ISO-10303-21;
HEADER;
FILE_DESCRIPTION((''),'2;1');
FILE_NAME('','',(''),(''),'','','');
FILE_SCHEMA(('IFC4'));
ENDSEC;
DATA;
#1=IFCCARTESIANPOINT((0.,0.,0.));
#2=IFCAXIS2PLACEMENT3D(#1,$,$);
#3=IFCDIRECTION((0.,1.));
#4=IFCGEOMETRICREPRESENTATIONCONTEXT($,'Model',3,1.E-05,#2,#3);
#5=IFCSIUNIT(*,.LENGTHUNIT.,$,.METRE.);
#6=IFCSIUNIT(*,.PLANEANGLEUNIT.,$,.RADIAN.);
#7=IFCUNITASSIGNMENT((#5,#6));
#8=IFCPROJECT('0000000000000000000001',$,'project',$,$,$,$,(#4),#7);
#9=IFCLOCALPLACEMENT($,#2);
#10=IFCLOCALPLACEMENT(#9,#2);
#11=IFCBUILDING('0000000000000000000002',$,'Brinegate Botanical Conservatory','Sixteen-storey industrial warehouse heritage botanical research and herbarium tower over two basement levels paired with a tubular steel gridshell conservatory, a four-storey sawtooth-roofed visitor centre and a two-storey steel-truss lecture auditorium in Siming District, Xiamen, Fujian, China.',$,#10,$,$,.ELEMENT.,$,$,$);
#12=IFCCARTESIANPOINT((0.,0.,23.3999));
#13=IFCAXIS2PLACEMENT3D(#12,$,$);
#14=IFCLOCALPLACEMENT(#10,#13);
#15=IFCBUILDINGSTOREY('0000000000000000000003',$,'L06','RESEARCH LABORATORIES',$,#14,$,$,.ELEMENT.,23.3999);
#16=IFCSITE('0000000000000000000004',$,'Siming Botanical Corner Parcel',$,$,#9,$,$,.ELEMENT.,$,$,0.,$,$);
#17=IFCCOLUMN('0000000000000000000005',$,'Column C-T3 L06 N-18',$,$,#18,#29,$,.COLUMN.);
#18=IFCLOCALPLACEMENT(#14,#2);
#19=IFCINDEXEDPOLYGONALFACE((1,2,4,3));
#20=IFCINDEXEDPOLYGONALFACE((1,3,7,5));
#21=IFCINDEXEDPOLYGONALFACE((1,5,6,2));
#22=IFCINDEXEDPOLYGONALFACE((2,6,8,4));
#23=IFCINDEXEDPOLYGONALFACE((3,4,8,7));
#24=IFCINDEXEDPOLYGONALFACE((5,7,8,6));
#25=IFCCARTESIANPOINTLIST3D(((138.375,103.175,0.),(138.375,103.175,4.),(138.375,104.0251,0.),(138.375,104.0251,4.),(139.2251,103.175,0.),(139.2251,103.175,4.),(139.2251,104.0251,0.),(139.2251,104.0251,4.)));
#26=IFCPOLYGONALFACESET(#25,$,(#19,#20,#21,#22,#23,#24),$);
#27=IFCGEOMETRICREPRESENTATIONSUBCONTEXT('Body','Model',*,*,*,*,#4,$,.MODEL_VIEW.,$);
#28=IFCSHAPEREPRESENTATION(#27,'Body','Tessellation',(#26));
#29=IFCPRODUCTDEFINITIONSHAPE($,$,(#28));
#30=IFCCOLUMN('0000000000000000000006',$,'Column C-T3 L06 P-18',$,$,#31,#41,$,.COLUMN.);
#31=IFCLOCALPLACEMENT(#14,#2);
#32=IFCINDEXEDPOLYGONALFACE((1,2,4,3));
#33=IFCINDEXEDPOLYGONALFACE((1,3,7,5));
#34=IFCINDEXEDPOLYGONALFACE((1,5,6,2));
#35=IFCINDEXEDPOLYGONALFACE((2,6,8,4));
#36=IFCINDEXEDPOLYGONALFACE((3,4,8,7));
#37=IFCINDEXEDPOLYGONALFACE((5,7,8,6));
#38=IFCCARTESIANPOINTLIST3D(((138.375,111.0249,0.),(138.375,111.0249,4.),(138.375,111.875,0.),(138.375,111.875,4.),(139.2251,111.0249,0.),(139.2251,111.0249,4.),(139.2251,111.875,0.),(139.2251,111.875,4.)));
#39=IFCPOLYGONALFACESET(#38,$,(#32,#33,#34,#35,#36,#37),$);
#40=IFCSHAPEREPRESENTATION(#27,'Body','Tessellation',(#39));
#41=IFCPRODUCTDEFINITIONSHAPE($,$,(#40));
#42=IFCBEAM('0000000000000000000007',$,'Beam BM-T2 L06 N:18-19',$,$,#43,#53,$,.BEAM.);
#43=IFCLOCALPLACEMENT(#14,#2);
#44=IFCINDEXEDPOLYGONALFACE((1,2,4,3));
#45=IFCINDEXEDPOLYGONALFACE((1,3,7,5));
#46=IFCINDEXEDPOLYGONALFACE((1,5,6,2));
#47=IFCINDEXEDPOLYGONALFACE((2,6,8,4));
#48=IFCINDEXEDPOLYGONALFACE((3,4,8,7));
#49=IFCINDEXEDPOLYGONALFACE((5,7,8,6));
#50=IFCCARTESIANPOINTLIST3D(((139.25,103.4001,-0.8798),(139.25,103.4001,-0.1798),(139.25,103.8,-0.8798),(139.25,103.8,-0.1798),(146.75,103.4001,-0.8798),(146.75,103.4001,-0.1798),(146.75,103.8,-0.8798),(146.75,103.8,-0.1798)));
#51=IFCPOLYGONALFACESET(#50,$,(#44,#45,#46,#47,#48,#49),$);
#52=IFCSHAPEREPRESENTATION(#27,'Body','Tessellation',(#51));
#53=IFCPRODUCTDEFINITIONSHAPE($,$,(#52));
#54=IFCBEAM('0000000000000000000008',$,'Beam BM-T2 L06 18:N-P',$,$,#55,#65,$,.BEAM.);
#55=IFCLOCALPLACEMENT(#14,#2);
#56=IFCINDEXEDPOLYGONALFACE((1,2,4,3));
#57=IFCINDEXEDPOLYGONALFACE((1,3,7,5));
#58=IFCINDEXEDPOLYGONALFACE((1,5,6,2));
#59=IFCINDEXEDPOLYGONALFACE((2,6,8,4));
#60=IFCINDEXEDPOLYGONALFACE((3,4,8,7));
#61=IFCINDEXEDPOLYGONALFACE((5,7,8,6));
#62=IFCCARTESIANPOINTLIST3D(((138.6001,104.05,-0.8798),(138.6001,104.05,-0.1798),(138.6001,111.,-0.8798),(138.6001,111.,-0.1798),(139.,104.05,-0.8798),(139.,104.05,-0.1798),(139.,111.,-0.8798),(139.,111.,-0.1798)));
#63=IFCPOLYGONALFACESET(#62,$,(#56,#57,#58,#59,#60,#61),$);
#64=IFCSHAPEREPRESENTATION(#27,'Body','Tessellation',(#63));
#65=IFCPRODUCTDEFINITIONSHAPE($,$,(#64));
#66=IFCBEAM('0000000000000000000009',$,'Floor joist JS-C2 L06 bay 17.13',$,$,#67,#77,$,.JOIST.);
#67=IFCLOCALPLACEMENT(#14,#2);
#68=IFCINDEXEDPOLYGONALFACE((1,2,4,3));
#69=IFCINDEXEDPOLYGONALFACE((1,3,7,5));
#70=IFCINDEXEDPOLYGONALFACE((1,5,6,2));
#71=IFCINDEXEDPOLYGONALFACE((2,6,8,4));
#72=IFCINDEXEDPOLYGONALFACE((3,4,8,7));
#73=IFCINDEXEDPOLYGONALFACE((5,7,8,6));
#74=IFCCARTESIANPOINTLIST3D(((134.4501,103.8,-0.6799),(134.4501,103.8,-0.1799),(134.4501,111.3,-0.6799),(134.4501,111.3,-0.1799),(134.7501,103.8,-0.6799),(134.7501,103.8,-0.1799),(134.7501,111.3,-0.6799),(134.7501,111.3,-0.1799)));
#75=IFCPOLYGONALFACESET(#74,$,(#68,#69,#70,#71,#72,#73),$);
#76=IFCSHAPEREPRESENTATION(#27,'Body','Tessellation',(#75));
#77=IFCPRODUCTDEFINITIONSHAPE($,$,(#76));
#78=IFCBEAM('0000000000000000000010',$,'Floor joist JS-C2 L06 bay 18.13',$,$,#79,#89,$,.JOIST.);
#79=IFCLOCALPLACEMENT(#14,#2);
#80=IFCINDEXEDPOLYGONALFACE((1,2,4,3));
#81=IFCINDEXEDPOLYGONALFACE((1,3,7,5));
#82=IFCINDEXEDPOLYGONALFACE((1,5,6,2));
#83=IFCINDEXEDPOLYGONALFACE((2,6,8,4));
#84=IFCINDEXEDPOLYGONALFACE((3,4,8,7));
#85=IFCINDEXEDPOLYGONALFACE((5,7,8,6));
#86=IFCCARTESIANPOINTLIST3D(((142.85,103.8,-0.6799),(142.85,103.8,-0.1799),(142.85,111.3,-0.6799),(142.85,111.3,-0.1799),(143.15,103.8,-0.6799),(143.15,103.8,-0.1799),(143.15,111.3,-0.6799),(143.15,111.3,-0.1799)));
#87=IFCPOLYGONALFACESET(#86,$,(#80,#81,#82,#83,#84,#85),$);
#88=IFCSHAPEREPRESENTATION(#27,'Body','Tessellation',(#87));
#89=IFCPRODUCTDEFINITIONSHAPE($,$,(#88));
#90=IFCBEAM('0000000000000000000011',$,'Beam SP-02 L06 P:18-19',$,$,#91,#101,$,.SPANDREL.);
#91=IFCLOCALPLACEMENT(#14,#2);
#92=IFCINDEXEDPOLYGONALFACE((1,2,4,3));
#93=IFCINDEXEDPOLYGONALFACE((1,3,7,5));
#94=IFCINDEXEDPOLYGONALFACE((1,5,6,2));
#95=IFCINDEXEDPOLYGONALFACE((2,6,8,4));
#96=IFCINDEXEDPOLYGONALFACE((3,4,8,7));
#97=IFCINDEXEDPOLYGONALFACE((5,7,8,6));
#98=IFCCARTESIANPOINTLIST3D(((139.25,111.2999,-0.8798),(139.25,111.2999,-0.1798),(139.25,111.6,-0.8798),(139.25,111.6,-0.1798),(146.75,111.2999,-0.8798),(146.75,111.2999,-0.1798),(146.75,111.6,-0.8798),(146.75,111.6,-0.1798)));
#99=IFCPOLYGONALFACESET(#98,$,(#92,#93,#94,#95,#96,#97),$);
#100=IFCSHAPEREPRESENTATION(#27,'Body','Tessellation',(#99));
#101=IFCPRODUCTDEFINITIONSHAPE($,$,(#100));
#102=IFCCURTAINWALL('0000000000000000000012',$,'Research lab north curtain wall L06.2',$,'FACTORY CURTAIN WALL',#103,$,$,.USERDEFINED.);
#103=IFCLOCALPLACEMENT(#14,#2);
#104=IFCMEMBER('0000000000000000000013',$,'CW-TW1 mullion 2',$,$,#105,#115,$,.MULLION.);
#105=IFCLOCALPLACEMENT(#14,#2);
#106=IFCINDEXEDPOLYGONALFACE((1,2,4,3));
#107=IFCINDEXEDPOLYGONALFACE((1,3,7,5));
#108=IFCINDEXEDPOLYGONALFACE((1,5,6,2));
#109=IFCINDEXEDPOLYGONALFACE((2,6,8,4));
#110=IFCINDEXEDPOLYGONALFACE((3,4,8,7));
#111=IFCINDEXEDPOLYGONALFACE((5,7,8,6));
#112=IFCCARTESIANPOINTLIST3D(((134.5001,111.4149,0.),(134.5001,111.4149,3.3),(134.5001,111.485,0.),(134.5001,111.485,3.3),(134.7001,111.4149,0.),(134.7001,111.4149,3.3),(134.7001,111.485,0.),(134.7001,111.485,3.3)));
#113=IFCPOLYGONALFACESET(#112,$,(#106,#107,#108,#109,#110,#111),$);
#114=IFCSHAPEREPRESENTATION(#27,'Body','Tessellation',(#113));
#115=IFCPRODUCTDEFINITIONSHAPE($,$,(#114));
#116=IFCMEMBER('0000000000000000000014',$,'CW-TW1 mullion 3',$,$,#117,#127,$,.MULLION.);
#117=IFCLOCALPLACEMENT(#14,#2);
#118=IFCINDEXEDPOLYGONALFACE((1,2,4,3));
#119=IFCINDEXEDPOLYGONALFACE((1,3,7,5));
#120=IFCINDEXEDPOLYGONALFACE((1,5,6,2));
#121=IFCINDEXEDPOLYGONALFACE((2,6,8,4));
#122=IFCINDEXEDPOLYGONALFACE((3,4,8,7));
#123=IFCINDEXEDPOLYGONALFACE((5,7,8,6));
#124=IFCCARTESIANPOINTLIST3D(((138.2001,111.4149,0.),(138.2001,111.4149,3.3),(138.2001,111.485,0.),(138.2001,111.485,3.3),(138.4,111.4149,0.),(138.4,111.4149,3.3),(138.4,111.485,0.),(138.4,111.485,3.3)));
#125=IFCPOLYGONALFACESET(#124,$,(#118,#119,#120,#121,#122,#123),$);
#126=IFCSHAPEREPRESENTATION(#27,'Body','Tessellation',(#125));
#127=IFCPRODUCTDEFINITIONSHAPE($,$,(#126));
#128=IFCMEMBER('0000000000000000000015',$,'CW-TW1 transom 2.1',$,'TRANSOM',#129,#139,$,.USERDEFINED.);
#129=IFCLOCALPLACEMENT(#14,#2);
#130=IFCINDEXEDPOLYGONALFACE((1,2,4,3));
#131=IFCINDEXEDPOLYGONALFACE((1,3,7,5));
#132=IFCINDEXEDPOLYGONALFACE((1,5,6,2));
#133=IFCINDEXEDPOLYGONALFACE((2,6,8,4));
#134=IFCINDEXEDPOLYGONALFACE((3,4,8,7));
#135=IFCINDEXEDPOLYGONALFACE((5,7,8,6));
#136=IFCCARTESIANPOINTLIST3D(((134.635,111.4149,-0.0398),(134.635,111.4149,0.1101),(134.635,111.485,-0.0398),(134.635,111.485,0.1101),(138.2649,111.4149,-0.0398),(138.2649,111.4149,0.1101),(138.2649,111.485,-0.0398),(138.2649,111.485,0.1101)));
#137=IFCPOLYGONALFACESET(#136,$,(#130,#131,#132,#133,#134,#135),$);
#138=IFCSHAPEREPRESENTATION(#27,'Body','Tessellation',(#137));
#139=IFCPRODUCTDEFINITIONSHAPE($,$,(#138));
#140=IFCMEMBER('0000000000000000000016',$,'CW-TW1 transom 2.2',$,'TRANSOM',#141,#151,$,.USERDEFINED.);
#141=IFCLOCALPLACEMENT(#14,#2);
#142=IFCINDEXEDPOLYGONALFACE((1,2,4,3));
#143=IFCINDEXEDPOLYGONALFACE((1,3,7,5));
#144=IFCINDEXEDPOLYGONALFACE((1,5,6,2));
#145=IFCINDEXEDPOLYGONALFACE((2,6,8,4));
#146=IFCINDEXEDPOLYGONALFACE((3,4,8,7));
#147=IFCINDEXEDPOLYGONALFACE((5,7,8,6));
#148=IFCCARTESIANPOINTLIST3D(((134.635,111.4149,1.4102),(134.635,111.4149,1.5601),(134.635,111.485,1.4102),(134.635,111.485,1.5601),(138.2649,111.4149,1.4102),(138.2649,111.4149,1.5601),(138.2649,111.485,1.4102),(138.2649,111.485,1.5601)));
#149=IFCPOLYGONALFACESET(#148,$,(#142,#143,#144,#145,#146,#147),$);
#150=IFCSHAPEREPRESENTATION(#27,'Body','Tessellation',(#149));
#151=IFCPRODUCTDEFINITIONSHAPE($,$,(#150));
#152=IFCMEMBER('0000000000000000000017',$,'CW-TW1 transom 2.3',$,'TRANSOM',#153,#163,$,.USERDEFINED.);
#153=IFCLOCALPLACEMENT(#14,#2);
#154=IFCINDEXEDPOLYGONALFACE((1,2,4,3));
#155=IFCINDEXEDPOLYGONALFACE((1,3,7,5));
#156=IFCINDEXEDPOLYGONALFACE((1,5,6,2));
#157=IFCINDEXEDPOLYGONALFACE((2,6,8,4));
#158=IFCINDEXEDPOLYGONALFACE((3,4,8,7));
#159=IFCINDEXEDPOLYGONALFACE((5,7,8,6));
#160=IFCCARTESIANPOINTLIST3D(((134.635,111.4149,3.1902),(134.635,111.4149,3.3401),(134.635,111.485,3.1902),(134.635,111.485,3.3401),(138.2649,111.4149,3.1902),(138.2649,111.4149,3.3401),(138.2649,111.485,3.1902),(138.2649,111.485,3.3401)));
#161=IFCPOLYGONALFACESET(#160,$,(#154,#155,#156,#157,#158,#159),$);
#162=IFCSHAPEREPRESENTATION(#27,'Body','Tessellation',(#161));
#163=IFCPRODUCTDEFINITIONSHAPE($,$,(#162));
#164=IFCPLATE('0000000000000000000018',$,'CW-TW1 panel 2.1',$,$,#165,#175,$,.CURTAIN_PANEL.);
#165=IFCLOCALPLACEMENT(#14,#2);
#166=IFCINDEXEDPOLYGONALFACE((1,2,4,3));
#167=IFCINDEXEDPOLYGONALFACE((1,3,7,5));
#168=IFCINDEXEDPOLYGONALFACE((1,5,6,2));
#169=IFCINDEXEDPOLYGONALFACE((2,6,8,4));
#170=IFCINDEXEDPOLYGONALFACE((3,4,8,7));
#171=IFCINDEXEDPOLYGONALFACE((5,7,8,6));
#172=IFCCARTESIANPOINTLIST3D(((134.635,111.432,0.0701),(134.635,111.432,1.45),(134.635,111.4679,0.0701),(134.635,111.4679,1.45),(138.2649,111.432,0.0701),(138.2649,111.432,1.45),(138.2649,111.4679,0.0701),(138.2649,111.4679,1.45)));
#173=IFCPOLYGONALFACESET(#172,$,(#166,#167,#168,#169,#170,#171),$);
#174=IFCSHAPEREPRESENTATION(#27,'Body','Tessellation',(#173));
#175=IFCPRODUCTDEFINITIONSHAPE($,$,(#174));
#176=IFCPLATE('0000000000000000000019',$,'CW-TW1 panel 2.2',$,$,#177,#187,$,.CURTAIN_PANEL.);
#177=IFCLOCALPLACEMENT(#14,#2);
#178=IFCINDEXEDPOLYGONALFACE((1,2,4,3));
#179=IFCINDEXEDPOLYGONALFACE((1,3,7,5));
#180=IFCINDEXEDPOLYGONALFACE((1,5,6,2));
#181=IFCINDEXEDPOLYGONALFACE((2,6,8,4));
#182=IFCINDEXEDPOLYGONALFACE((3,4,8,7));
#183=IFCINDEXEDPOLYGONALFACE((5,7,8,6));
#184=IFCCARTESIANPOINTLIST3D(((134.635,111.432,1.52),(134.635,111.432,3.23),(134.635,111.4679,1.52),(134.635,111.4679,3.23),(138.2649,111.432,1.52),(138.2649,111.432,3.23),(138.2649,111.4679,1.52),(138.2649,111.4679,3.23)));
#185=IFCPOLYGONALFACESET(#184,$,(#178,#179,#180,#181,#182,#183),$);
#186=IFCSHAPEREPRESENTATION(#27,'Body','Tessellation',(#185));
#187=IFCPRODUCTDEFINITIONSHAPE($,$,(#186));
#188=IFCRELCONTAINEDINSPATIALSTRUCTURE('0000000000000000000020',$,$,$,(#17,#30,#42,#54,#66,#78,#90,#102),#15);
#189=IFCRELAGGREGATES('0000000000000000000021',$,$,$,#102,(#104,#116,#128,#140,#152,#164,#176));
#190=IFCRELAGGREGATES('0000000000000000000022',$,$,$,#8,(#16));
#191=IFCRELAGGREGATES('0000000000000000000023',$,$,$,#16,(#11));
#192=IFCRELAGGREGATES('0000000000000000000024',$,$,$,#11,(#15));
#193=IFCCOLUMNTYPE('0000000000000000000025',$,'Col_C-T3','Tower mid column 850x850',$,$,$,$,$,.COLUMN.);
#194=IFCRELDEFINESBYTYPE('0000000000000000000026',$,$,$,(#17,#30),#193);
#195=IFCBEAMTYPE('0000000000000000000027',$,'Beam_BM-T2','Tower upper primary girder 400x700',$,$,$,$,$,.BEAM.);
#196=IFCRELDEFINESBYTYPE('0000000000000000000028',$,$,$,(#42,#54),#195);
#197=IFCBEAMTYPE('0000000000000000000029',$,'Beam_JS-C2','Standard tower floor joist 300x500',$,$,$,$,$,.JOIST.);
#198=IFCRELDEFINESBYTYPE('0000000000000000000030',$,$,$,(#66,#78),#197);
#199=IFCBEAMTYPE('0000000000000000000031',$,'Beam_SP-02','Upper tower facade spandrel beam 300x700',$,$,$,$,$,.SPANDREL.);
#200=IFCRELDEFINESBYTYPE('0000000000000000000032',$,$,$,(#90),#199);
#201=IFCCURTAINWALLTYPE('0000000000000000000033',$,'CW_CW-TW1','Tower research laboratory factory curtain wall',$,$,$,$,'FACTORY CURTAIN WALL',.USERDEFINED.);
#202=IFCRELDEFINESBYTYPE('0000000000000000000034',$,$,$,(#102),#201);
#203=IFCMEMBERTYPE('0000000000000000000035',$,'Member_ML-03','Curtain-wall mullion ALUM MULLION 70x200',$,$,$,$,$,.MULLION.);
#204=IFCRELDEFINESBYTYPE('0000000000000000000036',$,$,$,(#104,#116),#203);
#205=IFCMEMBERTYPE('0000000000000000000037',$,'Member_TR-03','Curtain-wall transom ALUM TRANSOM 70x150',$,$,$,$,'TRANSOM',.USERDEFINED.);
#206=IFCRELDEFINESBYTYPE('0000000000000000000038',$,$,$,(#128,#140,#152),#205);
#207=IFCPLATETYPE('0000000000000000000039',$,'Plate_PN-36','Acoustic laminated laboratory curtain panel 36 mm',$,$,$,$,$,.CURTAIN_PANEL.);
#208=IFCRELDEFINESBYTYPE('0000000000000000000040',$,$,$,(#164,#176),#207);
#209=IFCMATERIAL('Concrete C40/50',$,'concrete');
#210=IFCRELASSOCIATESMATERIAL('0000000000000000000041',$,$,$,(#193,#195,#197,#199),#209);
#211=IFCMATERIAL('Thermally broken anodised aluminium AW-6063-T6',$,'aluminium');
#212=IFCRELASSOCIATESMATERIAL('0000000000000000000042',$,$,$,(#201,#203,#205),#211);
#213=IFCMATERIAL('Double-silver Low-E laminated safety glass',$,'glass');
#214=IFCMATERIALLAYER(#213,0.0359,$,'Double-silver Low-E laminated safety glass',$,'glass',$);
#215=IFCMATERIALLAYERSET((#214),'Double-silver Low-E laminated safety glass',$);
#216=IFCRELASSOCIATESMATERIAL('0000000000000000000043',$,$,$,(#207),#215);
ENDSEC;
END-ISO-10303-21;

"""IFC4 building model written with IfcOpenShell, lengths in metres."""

from ifc_helpers import new_model, si_unit, direction, frame, origin, origin_2d, place, context, subcontext, project, spatial, rectangle, extrude, material, layer, layer_set, material_profile, profile_set, type_object, element, aggregate, save


model = new_model("IFC4")

# Units and contexts
model_context = context("Model", 3, precision=1e-05, world=origin(), true_north=direction((0.0, 1.0)))
body_context = subcontext(model_context, "Body", "Model", "MODEL_VIEW")
ifc_project = project(units=[si_unit("LENGTHUNIT", "METRE"), si_unit("PLANEANGLEUNIT", "RADIAN")], contexts=[model_context])

# Site, building, storey
site_placement = place(None, origin())
site = spatial("IfcSite", under=ifc_project, at=site_placement, Name="Siming Botanical Corner Parcel", CompositionType="ELEMENT", RefElevation=0.0)
building_placement = place(site_placement, origin())
building = spatial("IfcBuilding", under=site, at=building_placement, Name="Brinegate Botanical Conservatory", Description="Sixteen-storey industrial warehouse heritage botanical research and herbarium tower over two basement levels paired with a tubular steel gridshell conservatory, a four-storey sawtooth-roofed visitor centre and a two-storey steel-truss lecture auditorium in Siming District, Xiamen, Fujian, China.", CompositionType="ELEMENT")
storey_placement = place(building_placement, frame((0.0, 0.0, 23.3999)))
storey = spatial("IfcBuildingStorey", under=building, at=storey_placement, Name="L06", Description="RESEARCH LABORATORIES", CompositionType="ELEMENT", Elevation=23.3999)

# Columns
ifc_material_1 = material(Name="Concrete C40/50", Category="concrete")
ifc_material_profile_1 = material_profile(ifc_material_1, rectangle(XDim=0.8501, YDim=0.8501, at=origin_2d()), Name="RC COL 850x850")
ifc_profile_set_1 = profile_set([ifc_material_profile_1], Name="Concrete C40/50")
column_type = type_object("IfcColumnType", Name="Col_C-T3", Description="Tower mid column 850x850", PredefinedType="COLUMN", material=ifc_profile_set_1)
for number, where, z_axis, x_axis, name in (
    (1, (138.8, 103.6001, 0.0), (0.0, 0.0, 1.0), (1.0, 0.0, 0.0), "Column C-T3 L06 N-18"),
    (2, (138.8, 111.45, 0.0), (0.0, 0.0, 1.0), (1.0, 0.0, 0.0), "Column C-T3 L06 P-18"),
):
    element("IfcColumn", number, at=place(storey_placement, frame(where, z_axis=z_axis, x_axis=x_axis)), inside=storey, type_object=column_type, Name=name, PredefinedType="COLUMN", context=body_context, shape_type="SweptSolid", body=[
        extrude(rectangle(XDim=0.8501, YDim=0.8501, at=origin_2d()), origin(), (0.0, 0.0, 1.0), 4.0),
    ])

# Beams
ifc_material_profile_2 = material_profile(ifc_material_1, rectangle(XDim=0.3999, YDim=0.7, at=origin_2d()), Name="RC BM 400x700")
ifc_profile_set_2 = profile_set([ifc_material_profile_2], Name="Concrete C40/50")
beam_type_1 = type_object("IfcBeamType", Name="Beam_BM-T2", Description="Tower upper primary girder 400x700", PredefinedType="BEAM", material=ifc_profile_set_2)
beam_1_placement = place(storey_placement, frame((139.25, 103.6001, -0.5298), z_axis=(1.0, 0.0, 0.0), x_axis=(0.0, 1.0, 0.0)))
element("IfcBeam", 3, at=beam_1_placement, inside=storey, type_object=beam_type_1, Name="Beam BM-T2 L06 N:18-19", PredefinedType="BEAM", context=body_context, shape_type="SweptSolid", body=[
    extrude(rectangle(XDim=0.3999, YDim=0.7, at=origin_2d()), origin(), (0.0, 0.0, 1.0), 7.5),
])
beam_2_placement = place(storey_placement, frame((138.8, 104.05, -0.5298), z_axis=(0.0, 1.0, 0.0), x_axis=(-1.0, 0.0, 0.0)))
element("IfcBeam", 4, at=beam_2_placement, inside=storey, type_object=beam_type_1, Name="Beam BM-T2 L06 18:N-P", PredefinedType="BEAM", context=body_context, shape_type="SweptSolid", body=[
    extrude(rectangle(XDim=0.3999, YDim=0.7, at=origin_2d()), origin(), (0.0, 0.0, 1.0), 6.95),
])
ifc_material_profile_3 = material_profile(ifc_material_1, rectangle(XDim=0.3, YDim=0.5, at=origin_2d()), Name="RC JST 300x500")
ifc_profile_set_3 = profile_set([ifc_material_profile_3], Name="Concrete C40/50")
beam_type_2 = type_object("IfcBeamType", Name="Beam_JS-C2", Description="Standard tower floor joist 300x500", PredefinedType="JOIST", material=ifc_profile_set_3)
for number, where, z_axis, x_axis, name in (
    (5, (134.6001, 103.8, -0.4299), (0.0, 1.0, 0.0), (-1.0, 0.0, 0.0), "Floor joist JS-C2 L06 bay 17.13"),
    (6, (143.0, 103.8, -0.4299), (0.0, 1.0, 0.0), (-1.0, 0.0, 0.0), "Floor joist JS-C2 L06 bay 18.13"),
):
    element("IfcBeam", number, at=place(storey_placement, frame(where, z_axis=z_axis, x_axis=x_axis)), inside=storey, type_object=beam_type_2, Name=name, PredefinedType="JOIST", context=body_context, shape_type="SweptSolid", body=[
        extrude(rectangle(XDim=0.3, YDim=0.5, at=origin_2d()), origin(), (0.0, 0.0, 1.0), 7.5),
    ])
ifc_material_profile_4 = material_profile(ifc_material_1, rectangle(XDim=0.3, YDim=0.7, at=origin_2d()), Name="RC SPN 300x700")
ifc_profile_set_4 = profile_set([ifc_material_profile_4], Name="Concrete C40/50")
beam_type_3 = type_object("IfcBeamType", Name="Beam_SP-02", Description="Upper tower facade spandrel beam 300x700", PredefinedType="SPANDREL", material=ifc_profile_set_4)
beam_3_placement = place(storey_placement, frame((139.25, 111.45, -0.5298), z_axis=(1.0, 0.0, 0.0), x_axis=(0.0, 1.0, 0.0)))
element("IfcBeam", 7, at=beam_3_placement, inside=storey, type_object=beam_type_3, Name="Beam SP-02 L06 P:18-19", PredefinedType="SPANDREL", context=body_context, shape_type="SweptSolid", body=[
    extrude(rectangle(XDim=0.3, YDim=0.7, at=origin_2d()), origin(), (0.0, 0.0, 1.0), 7.5),
])

# Curtain wall, members, plates
ifc_material_2 = material(Name="Thermally broken anodised aluminium AW-6063-T6", Category="aluminium")
curtain_wall_type = type_object("IfcCurtainWallType", Name="CW_CW-TW1", Description="Tower research laboratory factory curtain wall", ElementType="FACTORY CURTAIN WALL", PredefinedType="USERDEFINED", material=ifc_material_2)
curtain_wall_placement = place(storey_placement, origin())
curtain_wall = element("IfcCurtainWall", 8, at=curtain_wall_placement, inside=storey, type_object=curtain_wall_type, Name="Research lab north curtain wall L06.2", ObjectType="FACTORY CURTAIN WALL", PredefinedType="USERDEFINED")
ifc_material_profile_5 = material_profile(ifc_material_2, rectangle(XDim=0.0701, YDim=0.2, at=origin_2d()), Name="ALUM MULLION 70x200")
ifc_profile_set_5 = profile_set([ifc_material_profile_5], Name="Thermally broken anodised aluminium AW-6063-T6")
member_type_1 = type_object("IfcMemberType", Name="Member_ML-03", Description="Curtain-wall mullion ALUM MULLION 70x200", PredefinedType="MULLION", material=ifc_profile_set_5)
member_1_placement = place(storey_placement, frame((134.6001, 111.45, 0.0), z_axis=(0.0, 0.0, 1.0), x_axis=(0.0, 1.0, 0.0)))
member_1 = element("IfcMember", 9, at=member_1_placement, type_object=member_type_1, Name="CW-TW1 mullion 2", PredefinedType="MULLION", context=body_context, shape_type="SweptSolid", body=[
    extrude(rectangle(XDim=0.0701, YDim=0.2, at=origin_2d()), origin(), (0.0, 0.0, 1.0), 3.3),
])
member_2_placement = place(storey_placement, frame((138.3, 111.45, 0.0), z_axis=(0.0, 0.0, 1.0), x_axis=(0.0, 1.0, 0.0)))
member_2 = element("IfcMember", 10, at=member_2_placement, type_object=member_type_1, Name="CW-TW1 mullion 3", PredefinedType="MULLION", context=body_context, shape_type="SweptSolid", body=[
    extrude(rectangle(XDim=0.0701, YDim=0.2, at=origin_2d()), origin(), (0.0, 0.0, 1.0), 3.3),
])
ifc_material_profile_6 = material_profile(ifc_material_2, rectangle(XDim=0.0701, YDim=0.1499, at=origin_2d()), Name="ALUM TRANSOM 70x150")
ifc_profile_set_6 = profile_set([ifc_material_profile_6], Name="Thermally broken anodised aluminium AW-6063-T6")
member_type_2 = type_object("IfcMemberType", Name="Member_TR-03", Description="Curtain-wall transom ALUM TRANSOM 70x150", ElementType="TRANSOM", PredefinedType="USERDEFINED", material=ifc_profile_set_6)
member_3_placement = place(storey_placement, frame((134.635, 111.45, 0.0352), z_axis=(1.0, 0.0, 0.0), x_axis=(0.0, 1.0, 0.0)))
member_3 = element("IfcMember", 11, at=member_3_placement, type_object=member_type_2, Name="CW-TW1 transom 2.1", ObjectType="TRANSOM", PredefinedType="USERDEFINED", context=body_context, shape_type="SweptSolid", body=[
    extrude(rectangle(XDim=0.0701, YDim=0.1499, at=origin_2d()), origin(), (0.0, 0.0, 1.0), 3.6299),
])
member_4_placement = place(storey_placement, frame((134.635, 111.45, 1.4851), z_axis=(1.0, 0.0, 0.0), x_axis=(0.0, 1.0, 0.0)))
member_4 = element("IfcMember", 12, at=member_4_placement, type_object=member_type_2, Name="CW-TW1 transom 2.2", ObjectType="TRANSOM", PredefinedType="USERDEFINED", context=body_context, shape_type="SweptSolid", body=[
    extrude(rectangle(XDim=0.0701, YDim=0.1499, at=origin_2d()), origin(), (0.0, 0.0, 1.0), 3.6299),
])
member_5_placement = place(storey_placement, frame((134.635, 111.45, 3.2651), z_axis=(1.0, 0.0, 0.0), x_axis=(0.0, 1.0, 0.0)))
member_5 = element("IfcMember", 13, at=member_5_placement, type_object=member_type_2, Name="CW-TW1 transom 2.3", ObjectType="TRANSOM", PredefinedType="USERDEFINED", context=body_context, shape_type="SweptSolid", body=[
    extrude(rectangle(XDim=0.0701, YDim=0.1499, at=origin_2d()), origin(), (0.0, 0.0, 1.0), 3.6299),
])
ifc_material_3 = material(Name="Double-silver Low-E laminated safety glass", Category="glass")
ifc_layer_1 = layer(ifc_material_3, 0.0359, Name="Double-silver Low-E laminated safety glass", Category="glass")
ifc_layer_set_1 = layer_set([ifc_layer_1], Name="Double-silver Low-E laminated safety glass")
plate_type = type_object("IfcPlateType", Name="Plate_PN-36", Description="Acoustic laminated laboratory curtain panel 36 mm", PredefinedType="CURTAIN_PANEL", material=ifc_layer_set_1)
plate_1_placement = place(storey_placement, frame((136.45, 111.45, 0.0701), z_axis=(0.0, 0.0, 1.0), x_axis=(1.0, 0.0, 0.0)))
plate_1 = element("IfcPlate", 14, at=plate_1_placement, type_object=plate_type, Name="CW-TW1 panel 2.1", PredefinedType="CURTAIN_PANEL", context=body_context, shape_type="SweptSolid", body=[
    extrude(rectangle(XDim=3.6299, YDim=0.0359, at=origin_2d()), origin(), (0.0, 0.0, 1.0), 1.3799),
])
plate_2_placement = place(storey_placement, frame((136.45, 111.45, 1.52), z_axis=(0.0, 0.0, 1.0), x_axis=(1.0, 0.0, 0.0)))
plate_2 = element("IfcPlate", 15, at=plate_2_placement, type_object=plate_type, Name="CW-TW1 panel 2.2", PredefinedType="CURTAIN_PANEL", context=body_context, shape_type="SweptSolid", body=[
    extrude(rectangle(XDim=3.6299, YDim=0.0359, at=origin_2d()), origin(), (0.0, 0.0, 1.0), 1.71),
])
aggregate(curtain_wall, [member_1, member_2, member_3, member_4, member_5, plate_1, plate_2])

save(model, "model.ifc")
